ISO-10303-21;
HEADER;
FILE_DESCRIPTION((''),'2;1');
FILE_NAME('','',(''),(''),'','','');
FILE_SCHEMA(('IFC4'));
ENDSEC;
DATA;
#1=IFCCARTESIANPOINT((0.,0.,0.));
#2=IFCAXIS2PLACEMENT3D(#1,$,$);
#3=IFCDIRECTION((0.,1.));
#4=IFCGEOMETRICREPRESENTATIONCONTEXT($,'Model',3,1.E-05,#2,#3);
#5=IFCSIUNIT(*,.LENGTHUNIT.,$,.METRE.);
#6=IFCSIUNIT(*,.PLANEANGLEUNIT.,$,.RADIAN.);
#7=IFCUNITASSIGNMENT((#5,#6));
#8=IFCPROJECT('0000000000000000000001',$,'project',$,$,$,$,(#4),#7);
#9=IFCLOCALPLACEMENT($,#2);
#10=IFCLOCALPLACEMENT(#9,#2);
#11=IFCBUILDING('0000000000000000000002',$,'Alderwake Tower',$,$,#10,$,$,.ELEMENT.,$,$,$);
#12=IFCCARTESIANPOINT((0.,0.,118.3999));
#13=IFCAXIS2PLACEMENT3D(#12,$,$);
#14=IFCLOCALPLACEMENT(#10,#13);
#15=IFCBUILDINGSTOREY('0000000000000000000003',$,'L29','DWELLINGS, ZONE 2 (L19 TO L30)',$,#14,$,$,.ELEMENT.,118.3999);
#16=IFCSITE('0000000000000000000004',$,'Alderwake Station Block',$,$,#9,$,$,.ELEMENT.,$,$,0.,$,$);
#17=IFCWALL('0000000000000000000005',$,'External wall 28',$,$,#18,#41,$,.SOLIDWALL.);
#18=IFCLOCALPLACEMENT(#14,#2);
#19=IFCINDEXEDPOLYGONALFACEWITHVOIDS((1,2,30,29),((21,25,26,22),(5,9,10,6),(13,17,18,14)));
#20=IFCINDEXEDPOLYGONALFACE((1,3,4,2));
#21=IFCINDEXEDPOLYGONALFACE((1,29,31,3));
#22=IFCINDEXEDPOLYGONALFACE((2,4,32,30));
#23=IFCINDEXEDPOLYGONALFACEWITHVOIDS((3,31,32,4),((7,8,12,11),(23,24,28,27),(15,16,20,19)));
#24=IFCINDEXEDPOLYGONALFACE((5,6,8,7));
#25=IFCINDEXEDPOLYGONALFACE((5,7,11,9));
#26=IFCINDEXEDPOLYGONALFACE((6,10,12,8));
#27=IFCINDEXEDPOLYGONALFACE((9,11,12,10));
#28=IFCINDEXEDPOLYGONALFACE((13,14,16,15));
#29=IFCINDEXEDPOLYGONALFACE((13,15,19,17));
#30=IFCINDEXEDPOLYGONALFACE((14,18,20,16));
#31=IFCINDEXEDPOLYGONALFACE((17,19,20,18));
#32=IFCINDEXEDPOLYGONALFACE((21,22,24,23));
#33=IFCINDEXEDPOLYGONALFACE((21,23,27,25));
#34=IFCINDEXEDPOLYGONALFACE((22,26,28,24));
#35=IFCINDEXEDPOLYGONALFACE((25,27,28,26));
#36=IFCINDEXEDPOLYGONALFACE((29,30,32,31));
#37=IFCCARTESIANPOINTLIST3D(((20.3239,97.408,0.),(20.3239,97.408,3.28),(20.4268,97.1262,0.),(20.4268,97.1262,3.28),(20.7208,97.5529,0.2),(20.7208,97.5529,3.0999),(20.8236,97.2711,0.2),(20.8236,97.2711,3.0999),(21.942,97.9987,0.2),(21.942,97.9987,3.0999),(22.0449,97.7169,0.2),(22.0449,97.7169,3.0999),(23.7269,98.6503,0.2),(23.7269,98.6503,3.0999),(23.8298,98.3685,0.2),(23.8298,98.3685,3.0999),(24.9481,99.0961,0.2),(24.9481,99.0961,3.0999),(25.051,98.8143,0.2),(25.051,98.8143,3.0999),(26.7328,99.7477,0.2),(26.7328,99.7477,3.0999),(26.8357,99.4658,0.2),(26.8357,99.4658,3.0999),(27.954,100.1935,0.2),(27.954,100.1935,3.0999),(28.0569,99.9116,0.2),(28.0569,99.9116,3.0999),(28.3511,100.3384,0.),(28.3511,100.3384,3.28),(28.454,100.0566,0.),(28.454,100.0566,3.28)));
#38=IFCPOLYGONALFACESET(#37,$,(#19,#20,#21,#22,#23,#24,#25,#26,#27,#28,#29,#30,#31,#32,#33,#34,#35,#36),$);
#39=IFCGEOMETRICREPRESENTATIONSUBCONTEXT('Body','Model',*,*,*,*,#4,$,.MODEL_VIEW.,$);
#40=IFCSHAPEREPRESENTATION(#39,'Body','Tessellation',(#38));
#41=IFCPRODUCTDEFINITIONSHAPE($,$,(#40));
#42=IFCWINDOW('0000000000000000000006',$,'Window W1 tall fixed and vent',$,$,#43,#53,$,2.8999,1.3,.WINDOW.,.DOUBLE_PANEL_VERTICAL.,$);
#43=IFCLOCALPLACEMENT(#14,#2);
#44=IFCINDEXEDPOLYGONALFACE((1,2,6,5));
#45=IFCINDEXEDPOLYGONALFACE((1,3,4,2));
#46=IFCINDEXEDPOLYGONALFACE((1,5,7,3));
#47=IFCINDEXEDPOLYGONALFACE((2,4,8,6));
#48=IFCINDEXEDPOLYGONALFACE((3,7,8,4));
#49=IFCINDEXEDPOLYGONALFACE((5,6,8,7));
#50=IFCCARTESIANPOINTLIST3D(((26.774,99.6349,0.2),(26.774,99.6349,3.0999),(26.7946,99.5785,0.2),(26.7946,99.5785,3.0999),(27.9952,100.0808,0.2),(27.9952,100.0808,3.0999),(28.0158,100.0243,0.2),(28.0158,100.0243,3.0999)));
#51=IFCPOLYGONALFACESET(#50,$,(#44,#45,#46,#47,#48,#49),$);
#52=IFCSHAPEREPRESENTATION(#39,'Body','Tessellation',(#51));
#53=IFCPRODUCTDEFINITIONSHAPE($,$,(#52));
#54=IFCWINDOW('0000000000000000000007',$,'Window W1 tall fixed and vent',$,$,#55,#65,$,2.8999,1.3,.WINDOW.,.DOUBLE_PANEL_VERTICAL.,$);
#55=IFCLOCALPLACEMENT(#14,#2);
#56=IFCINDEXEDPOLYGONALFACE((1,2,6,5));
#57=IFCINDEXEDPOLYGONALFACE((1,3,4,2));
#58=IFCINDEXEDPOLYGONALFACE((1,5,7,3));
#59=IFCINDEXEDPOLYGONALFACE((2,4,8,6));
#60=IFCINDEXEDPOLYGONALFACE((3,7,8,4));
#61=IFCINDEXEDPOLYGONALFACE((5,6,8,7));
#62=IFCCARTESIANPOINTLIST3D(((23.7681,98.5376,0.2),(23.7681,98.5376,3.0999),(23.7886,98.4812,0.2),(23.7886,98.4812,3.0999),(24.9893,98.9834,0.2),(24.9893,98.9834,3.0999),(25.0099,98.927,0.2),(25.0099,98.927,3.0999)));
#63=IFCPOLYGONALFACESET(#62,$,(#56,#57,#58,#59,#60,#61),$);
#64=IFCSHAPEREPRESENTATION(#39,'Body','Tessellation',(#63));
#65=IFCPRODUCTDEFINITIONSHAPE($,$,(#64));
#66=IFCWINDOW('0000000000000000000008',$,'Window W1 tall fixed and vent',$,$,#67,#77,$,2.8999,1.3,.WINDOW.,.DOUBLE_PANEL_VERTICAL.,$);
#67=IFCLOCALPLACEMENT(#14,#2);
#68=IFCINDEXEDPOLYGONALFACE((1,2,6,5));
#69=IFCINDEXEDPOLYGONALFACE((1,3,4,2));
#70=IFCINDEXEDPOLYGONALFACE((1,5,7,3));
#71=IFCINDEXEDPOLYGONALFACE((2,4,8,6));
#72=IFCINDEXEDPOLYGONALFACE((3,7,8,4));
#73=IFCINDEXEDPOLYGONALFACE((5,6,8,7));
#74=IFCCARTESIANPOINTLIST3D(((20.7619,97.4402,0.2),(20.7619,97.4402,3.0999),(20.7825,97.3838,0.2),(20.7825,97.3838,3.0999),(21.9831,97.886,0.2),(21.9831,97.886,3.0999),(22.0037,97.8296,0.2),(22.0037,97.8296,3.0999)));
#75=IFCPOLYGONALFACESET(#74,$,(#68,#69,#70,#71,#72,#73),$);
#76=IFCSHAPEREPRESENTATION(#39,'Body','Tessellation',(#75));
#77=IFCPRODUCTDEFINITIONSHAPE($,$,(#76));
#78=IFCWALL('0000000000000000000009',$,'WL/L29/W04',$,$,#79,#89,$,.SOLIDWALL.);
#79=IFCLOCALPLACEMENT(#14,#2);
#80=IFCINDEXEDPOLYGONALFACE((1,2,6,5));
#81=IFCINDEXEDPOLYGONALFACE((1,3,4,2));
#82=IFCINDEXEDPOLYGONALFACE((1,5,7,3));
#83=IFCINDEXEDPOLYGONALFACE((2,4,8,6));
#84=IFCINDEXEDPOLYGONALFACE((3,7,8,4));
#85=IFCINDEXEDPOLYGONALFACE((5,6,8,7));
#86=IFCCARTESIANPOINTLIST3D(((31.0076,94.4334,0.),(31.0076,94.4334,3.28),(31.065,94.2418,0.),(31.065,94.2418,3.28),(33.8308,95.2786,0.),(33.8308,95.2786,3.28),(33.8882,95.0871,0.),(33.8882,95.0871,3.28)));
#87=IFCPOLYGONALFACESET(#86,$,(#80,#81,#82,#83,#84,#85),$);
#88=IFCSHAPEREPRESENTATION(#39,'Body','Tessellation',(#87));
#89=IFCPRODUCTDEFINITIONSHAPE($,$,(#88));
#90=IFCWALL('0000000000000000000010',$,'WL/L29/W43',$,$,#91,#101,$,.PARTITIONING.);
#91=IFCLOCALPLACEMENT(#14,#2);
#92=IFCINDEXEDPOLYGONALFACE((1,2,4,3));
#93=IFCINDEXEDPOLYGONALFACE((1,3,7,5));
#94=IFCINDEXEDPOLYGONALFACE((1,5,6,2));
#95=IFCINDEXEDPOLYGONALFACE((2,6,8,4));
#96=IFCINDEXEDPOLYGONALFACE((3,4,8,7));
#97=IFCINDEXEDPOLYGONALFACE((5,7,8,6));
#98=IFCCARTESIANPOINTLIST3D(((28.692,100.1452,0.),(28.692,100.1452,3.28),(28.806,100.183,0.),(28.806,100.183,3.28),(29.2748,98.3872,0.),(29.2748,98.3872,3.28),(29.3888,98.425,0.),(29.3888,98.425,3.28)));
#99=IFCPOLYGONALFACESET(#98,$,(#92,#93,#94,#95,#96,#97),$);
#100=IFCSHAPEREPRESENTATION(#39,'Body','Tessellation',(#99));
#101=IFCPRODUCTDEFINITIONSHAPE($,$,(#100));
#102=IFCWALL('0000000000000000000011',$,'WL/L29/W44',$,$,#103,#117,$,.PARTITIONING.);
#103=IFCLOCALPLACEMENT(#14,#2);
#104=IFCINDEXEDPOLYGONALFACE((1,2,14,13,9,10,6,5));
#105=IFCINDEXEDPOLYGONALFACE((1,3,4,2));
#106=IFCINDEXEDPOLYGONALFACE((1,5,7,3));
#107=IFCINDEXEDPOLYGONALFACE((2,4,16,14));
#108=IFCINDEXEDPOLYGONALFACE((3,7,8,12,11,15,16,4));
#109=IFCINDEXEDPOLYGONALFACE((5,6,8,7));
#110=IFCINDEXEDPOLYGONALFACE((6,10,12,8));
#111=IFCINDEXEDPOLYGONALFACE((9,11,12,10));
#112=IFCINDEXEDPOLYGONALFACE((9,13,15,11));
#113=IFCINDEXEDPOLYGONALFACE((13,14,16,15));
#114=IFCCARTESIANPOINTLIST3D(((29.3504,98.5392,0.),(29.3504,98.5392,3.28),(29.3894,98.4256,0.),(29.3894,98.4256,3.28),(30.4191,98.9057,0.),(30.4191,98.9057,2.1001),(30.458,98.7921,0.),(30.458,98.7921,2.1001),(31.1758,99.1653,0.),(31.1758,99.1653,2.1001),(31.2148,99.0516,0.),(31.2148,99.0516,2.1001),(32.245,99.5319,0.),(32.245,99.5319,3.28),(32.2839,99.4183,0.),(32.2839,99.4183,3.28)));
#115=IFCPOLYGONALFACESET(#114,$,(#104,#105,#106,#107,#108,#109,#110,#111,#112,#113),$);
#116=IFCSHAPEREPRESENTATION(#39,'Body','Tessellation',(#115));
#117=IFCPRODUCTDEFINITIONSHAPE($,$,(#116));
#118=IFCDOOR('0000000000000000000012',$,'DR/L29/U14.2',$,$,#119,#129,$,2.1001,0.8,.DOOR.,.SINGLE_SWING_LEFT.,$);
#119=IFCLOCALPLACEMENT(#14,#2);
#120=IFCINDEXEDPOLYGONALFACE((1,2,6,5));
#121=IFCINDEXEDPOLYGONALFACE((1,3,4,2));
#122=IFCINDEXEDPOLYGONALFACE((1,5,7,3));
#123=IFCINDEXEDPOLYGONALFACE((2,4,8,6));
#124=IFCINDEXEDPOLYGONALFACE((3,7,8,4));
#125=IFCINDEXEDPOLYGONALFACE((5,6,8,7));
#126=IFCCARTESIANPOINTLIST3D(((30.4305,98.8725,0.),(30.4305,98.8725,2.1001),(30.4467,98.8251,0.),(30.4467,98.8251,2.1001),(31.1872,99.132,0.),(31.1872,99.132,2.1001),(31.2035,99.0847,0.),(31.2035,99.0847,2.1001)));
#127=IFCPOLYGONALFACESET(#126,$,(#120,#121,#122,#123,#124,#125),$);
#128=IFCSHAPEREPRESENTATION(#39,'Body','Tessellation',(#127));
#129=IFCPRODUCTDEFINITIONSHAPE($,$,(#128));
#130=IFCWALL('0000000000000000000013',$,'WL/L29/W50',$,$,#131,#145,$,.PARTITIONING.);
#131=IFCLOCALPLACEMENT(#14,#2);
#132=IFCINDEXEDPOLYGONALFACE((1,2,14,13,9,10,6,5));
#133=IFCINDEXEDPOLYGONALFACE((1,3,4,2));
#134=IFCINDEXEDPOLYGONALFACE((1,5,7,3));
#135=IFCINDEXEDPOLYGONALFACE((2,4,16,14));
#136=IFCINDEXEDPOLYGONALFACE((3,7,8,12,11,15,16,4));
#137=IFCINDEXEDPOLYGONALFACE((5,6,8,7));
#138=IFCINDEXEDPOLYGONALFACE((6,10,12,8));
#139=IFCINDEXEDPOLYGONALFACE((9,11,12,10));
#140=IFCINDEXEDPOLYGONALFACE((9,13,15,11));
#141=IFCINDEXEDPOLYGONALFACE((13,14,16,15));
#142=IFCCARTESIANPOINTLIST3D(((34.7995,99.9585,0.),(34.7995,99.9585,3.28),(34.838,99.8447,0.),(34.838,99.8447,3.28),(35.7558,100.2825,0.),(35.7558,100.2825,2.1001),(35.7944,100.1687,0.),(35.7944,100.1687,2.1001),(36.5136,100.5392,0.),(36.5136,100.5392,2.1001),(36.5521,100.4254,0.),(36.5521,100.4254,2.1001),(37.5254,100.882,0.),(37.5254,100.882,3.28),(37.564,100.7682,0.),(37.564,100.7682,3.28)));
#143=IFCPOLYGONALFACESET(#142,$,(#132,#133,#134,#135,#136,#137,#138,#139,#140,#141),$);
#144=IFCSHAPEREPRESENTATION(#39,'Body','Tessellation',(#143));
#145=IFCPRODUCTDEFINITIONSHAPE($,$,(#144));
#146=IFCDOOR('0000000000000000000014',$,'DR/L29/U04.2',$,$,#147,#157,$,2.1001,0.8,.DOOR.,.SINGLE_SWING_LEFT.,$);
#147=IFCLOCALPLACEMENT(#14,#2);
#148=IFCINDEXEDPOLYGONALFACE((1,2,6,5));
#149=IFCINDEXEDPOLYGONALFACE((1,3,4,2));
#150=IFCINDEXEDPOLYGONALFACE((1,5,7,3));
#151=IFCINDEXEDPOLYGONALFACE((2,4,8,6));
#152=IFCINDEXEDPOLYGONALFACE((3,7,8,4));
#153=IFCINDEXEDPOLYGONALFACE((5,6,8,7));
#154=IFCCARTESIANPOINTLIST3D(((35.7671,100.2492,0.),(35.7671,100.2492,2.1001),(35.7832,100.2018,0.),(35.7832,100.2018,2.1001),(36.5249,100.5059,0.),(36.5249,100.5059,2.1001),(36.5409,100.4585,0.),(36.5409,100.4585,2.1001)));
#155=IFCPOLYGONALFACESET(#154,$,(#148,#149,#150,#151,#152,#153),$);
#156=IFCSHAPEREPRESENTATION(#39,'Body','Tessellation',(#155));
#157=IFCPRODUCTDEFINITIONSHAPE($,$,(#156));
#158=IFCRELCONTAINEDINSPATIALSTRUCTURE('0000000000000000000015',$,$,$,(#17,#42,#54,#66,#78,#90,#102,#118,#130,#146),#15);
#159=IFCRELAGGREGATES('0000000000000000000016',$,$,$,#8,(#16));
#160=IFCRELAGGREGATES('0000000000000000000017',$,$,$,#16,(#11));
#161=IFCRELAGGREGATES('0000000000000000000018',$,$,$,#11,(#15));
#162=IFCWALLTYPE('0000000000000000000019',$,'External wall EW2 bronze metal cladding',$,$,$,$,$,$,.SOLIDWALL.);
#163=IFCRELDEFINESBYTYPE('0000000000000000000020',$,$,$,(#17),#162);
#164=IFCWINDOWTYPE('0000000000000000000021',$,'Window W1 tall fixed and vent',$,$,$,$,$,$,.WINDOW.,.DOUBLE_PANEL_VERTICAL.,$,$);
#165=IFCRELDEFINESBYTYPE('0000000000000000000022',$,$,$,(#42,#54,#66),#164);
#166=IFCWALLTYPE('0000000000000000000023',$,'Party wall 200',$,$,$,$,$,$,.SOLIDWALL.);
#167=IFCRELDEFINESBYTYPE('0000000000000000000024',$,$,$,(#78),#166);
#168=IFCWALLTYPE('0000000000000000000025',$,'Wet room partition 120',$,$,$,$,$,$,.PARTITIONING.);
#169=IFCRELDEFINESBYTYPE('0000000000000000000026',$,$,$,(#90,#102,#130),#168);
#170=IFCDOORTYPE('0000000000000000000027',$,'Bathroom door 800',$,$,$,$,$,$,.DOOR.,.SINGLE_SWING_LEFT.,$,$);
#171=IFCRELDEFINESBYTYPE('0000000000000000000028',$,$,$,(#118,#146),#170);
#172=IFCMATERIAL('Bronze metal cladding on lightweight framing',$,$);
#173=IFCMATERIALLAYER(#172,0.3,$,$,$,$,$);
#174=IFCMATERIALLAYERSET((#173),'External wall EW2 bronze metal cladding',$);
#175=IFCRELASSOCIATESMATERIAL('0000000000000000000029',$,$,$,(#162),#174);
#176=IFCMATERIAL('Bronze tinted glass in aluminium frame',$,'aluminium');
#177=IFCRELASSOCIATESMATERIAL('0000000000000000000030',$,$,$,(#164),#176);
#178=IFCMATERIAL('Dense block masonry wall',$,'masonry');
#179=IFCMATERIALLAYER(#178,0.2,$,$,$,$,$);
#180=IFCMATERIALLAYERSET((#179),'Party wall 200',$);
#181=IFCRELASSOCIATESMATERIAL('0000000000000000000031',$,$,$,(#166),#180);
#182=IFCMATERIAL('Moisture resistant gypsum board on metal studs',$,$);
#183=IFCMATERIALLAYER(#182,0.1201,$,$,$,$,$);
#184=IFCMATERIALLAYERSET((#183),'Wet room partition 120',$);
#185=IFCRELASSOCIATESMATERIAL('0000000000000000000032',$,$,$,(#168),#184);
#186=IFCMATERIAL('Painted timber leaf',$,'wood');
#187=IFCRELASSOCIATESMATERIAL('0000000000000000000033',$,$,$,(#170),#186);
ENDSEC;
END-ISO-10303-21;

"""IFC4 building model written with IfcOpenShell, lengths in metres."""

from ifc_helpers import new_model, si_unit, direction, frame, frame_2d, origin, place, context, subcontext, project, spatial, rectangle, extrude, material, layer, layer_set, type_object, element, fill, save


model = new_model("IFC4")

# Units and contexts
model_context = context("Model", 3, precision=1e-05, world=origin(), true_north=direction((0.0, 1.0)))
body_context = subcontext(model_context, "Body", "Model", "MODEL_VIEW")
ifc_project = project(units=[si_unit("LENGTHUNIT", "METRE"), si_unit("PLANEANGLEUNIT", "RADIAN")], contexts=[model_context])

# Site, building, storey
site_placement = place(None, origin())
site = spatial("IfcSite", under=ifc_project, at=site_placement, Name="Alderwake Station Block", CompositionType="ELEMENT", RefElevation=0.0)
building_placement = place(site_placement, origin())
building = spatial("IfcBuilding", under=site, at=building_placement, Name="Alderwake Tower", CompositionType="ELEMENT")
storey_placement = place(building_placement, frame((0.0, 0.0, 118.3999)))
storey = spatial("IfcBuildingStorey", under=building, at=storey_placement, Name="L29", Description="DWELLINGS, ZONE 2 (L19 TO L30)", CompositionType="ELEMENT", Elevation=118.3999)

# Wall, openings, windows
ifc_material_1 = material(Name="Bronze metal cladding on lightweight framing")
ifc_layer_1 = layer(ifc_material_1, 0.3)
ifc_layer_set_1 = layer_set([ifc_layer_1], Name="External wall EW2 bronze metal cladding")
wall_type_1 = type_object("IfcWallType", Name="External wall EW2 bronze metal cladding", PredefinedType="SOLIDWALL", material=ifc_layer_set_1)
ifc_material_2 = material(Name="Bronze tinted glass in aluminium frame", Category="aluminium")
window_type_1 = type_object("IfcWindowType", Name="Window W1 tall fixed and vent", PartitioningType="DOUBLE_PANEL_VERTICAL", PredefinedType="WINDOW", material=ifc_material_2)
wall_1_placement = place(storey_placement, frame((28.4026, 100.1975, 0.0), z_axis=(0.0, 0.0, 1.0), x_axis=(-0.939365, -0.34292, 0.0)))
wall_1 = element("IfcWall", 1, at=wall_1_placement, inside=storey, type_object=wall_type_1, Name="External wall 28", PredefinedType="SOLIDWALL", context=body_context, shape_type="SweptSolid", body=[
    extrude(rectangle(XDim=8.5454, YDim=0.3, at=frame_2d((4.2727, 0.0))), origin(), (0.0, 0.0, 1.0), 3.28),
])
opening_1_placement = place(wall_1_placement, frame((0.4229, 0.0, 0.2)))
opening_1 = element("IfcOpeningElement", 2, at=opening_1_placement, cuts=wall_1, PredefinedType="OPENING", context=body_context, shape_type="SweptSolid", body=[
    extrude(rectangle(XDim=1.3, YDim=2.8999, at=frame_2d((0.6499, 1.45))), frame((0.0, 0.1599, 0.0), z_axis=(0.0, -1.0, 0.0), x_axis=(1.0, 0.0, 0.0)), (0.0, 0.0, 1.0), 0.3201),
])
opening_2_placement = place(wall_1_placement, frame((3.6228, 0.0, 0.2)))
opening_2 = element("IfcOpeningElement", 3, at=opening_2_placement, cuts=wall_1, PredefinedType="OPENING", context=body_context, shape_type="SweptSolid", body=[
    extrude(rectangle(XDim=1.3, YDim=2.8999, at=frame_2d((0.6499, 1.45))), frame((0.0, 0.1599, 0.0), z_axis=(0.0, -1.0, 0.0), x_axis=(1.0, 0.0, 0.0)), (0.0, 0.0, 1.0), 0.3201),
])
opening_3_placement = place(wall_1_placement, frame((6.823, 0.0, 0.2)))
opening_3 = element("IfcOpeningElement", 4, at=opening_3_placement, cuts=wall_1, PredefinedType="OPENING", context=body_context, shape_type="SweptSolid", body=[
    extrude(rectangle(XDim=1.3, YDim=2.8999, at=frame_2d((0.6499, 1.45))), frame((0.0, 0.1599, 0.0), z_axis=(0.0, -1.0, 0.0), x_axis=(1.0, 0.0, 0.0)), (0.0, 0.0, 1.0), 0.3201),
])
window_1_placement = place(opening_1_placement, origin())
window_1 = element("IfcWindow", 5, at=window_1_placement, inside=storey, type_object=window_type_1, Name="Window W1 tall fixed and vent", OverallHeight=2.8999, OverallWidth=1.3, PartitioningType="DOUBLE_PANEL_VERTICAL", PredefinedType="WINDOW", context=body_context, shape_type="SweptSolid", body=[
    extrude(rectangle(XDim=1.3, YDim=2.8999, at=frame_2d((0.6499, 1.45))), frame((0.0, 0.03, 0.0), z_axis=(0.0, -1.0, 0.0), x_axis=(1.0, 0.0, 0.0)), (0.0, 0.0, 1.0), 0.0601),
])
fill(opening_1, window_1)
window_2_placement = place(opening_2_placement, origin())
window_2 = element("IfcWindow", 6, at=window_2_placement, inside=storey, type_object=window_type_1, Name="Window W1 tall fixed and vent", OverallHeight=2.8999, OverallWidth=1.3, PartitioningType="DOUBLE_PANEL_VERTICAL", PredefinedType="WINDOW", context=body_context, shape_type="SweptSolid", body=[
    extrude(rectangle(XDim=1.3, YDim=2.8999, at=frame_2d((0.6499, 1.45))), frame((0.0, 0.03, 0.0), z_axis=(0.0, -1.0, 0.0), x_axis=(1.0, 0.0, 0.0)), (0.0, 0.0, 1.0), 0.0601),
])
fill(opening_2, window_2)
window_3_placement = place(opening_3_placement, origin())
window_3 = element("IfcWindow", 7, at=window_3_placement, inside=storey, type_object=window_type_1, Name="Window W1 tall fixed and vent", OverallHeight=2.8999, OverallWidth=1.3, PartitioningType="DOUBLE_PANEL_VERTICAL", PredefinedType="WINDOW", context=body_context, shape_type="SweptSolid", body=[
    extrude(rectangle(XDim=1.3, YDim=2.8999, at=frame_2d((0.6499, 1.45))), frame((0.0, 0.03, 0.0), z_axis=(0.0, -1.0, 0.0), x_axis=(1.0, 0.0, 0.0)), (0.0, 0.0, 1.0), 0.0601),
])
fill(opening_3, window_3)

# Walls
ifc_material_3 = material(Name="Dense block masonry wall", Category="masonry")
ifc_layer_2 = layer(ifc_material_3, 0.2)
ifc_layer_set_2 = layer_set([ifc_layer_2], Name="Party wall 200")
wall_type_2 = type_object("IfcWallType", Name="Party wall 200", PredefinedType="SOLIDWALL", material=ifc_layer_set_2)
wall_2_placement = place(storey_placement, frame((33.8596, 95.1829, 0.0), z_axis=(0.0, 0.0, 1.0), x_axis=(-0.95799, -0.286801, 0.0)))
element("IfcWall", 8, at=wall_2_placement, inside=storey, type_object=wall_type_2, Name="WL/L29/W04", PredefinedType="SOLIDWALL", context=body_context, shape_type="SweptSolid", body=[
    extrude(rectangle(XDim=2.947, YDim=0.2, at=frame_2d((1.4736, 0.0))), origin(), (0.0, 0.0, 1.0), 3.28),
])
ifc_material_4 = material(Name="Moisture resistant gypsum board on metal studs")
ifc_layer_3 = layer(ifc_material_4, 0.1201)
ifc_layer_set_3 = layer_set([ifc_layer_3], Name="Wet room partition 120")
wall_type_3 = type_object("IfcWallType", Name="Wet room partition 120", PredefinedType="PARTITIONING", material=ifc_layer_set_3)
wall_3_placement = place(storey_placement, frame((28.749, 100.1641, 0.0), z_axis=(0.0, 0.0, 1.0), x_axis=(0.314646, -0.949209, 0.0)))
element("IfcWall", 9, at=wall_3_placement, inside=storey, type_object=wall_type_3, Name="WL/L29/W43", PredefinedType="PARTITIONING", context=body_context, shape_type="SweptSolid", body=[
    extrude(rectangle(XDim=1.8521, YDim=0.1201, at=frame_2d((0.926, 0.0))), origin(), (0.0, 0.0, 1.0), 3.28),
])

# Walls, openings, doors
wall_4_placement = place(storey_placement, frame((29.3699, 98.4824, 0.0), z_axis=(0.0, 0.0, 1.0), x_axis=(0.945919, 0.324402, 0.0)))
wall_4 = element("IfcWall", 10, at=wall_4_placement, inside=storey, type_object=wall_type_3, Name="WL/L29/W44", PredefinedType="PARTITIONING", context=body_context, shape_type="SweptSolid", body=[
    extrude(rectangle(XDim=3.0601, YDim=0.1201, at=frame_2d((1.53, 0.0))), origin(), (0.0, 0.0, 1.0), 3.28),
])
opening_4_placement = place(wall_4_placement, frame((1.1299, 0.0, 0.0)))
opening_4 = element("IfcOpeningElement", 11, at=opening_4_placement, cuts=wall_4, PredefinedType="OPENING", context=body_context, shape_type="SweptSolid", body=[
    extrude(rectangle(XDim=0.8, YDim=2.1001, at=frame_2d((0.3999, 1.05))), frame((0.0, 0.0701, 0.0), z_axis=(0.0, -1.0, 0.0), x_axis=(1.0, 0.0, 0.0)), (0.0, 0.0, 1.0), 0.1401),
])
ifc_material_5 = material(Name="Painted timber leaf", Category="wood")
door_type_1 = type_object("IfcDoorType", Name="Bathroom door 800", OperationType="SINGLE_SWING_LEFT", PredefinedType="DOOR", material=ifc_material_5)
door_1_placement = place(opening_4_placement, origin())
door_1 = element("IfcDoor", 12, at=door_1_placement, inside=storey, type_object=door_type_1, Name="DR/L29/U14.2", OperationType="SINGLE_SWING_LEFT", OverallHeight=2.1001, OverallWidth=0.8, PredefinedType="DOOR", context=body_context, shape_type="SweptSolid", body=[
    extrude(rectangle(XDim=0.8, YDim=2.1001, at=frame_2d((0.3999, 1.05))), frame((0.0, 0.0249, 0.0), z_axis=(0.0, -1.0, 0.0), x_axis=(1.0, 0.0, 0.0)), (0.0, 0.0, 1.0), 0.05),
])
fill(opening_4, door_1)
wall_5_placement = place(storey_placement, frame((34.8188, 99.9016, 0.0), z_axis=(0.0, 0.0, 1.0), x_axis=(0.94712, 0.320881, 0.0)))
wall_5 = element("IfcWall", 13, at=wall_5_placement, inside=storey, type_object=wall_type_3, Name="WL/L29/W50", PredefinedType="PARTITIONING", context=body_context, shape_type="SweptSolid", body=[
    extrude(rectangle(XDim=2.8782, YDim=0.1201, at=frame_2d((1.439, 0.0))), origin(), (0.0, 0.0, 1.0), 3.28),
])
opening_5_placement = place(wall_5_placement, frame((1.0098, 0.0, 0.0)))
opening_5 = element("IfcOpeningElement", 14, at=opening_5_placement, cuts=wall_5, PredefinedType="OPENING", context=body_context, shape_type="SweptSolid", body=[
    extrude(rectangle(XDim=0.8, YDim=2.1001, at=frame_2d((0.3999, 1.05))), frame((0.0, 0.0701, 0.0), z_axis=(0.0, -1.0, 0.0), x_axis=(1.0, 0.0, 0.0)), (0.0, 0.0, 1.0), 0.1401),
])
door_2_placement = place(opening_5_placement, origin())
door_2 = element("IfcDoor", 15, at=door_2_placement, inside=storey, type_object=door_type_1, Name="DR/L29/U04.2", OperationType="SINGLE_SWING_LEFT", OverallHeight=2.1001, OverallWidth=0.8, PredefinedType="DOOR", context=body_context, shape_type="SweptSolid", body=[
    extrude(rectangle(XDim=0.8, YDim=2.1001, at=frame_2d((0.3999, 1.05))), frame((0.0, 0.0249, 0.0), z_axis=(0.0, -1.0, 0.0), x_axis=(1.0, 0.0, 0.0)), (0.0, 0.0, 1.0), 0.05),
])
fill(opening_5, door_2)

save(model, "model.ifc")
